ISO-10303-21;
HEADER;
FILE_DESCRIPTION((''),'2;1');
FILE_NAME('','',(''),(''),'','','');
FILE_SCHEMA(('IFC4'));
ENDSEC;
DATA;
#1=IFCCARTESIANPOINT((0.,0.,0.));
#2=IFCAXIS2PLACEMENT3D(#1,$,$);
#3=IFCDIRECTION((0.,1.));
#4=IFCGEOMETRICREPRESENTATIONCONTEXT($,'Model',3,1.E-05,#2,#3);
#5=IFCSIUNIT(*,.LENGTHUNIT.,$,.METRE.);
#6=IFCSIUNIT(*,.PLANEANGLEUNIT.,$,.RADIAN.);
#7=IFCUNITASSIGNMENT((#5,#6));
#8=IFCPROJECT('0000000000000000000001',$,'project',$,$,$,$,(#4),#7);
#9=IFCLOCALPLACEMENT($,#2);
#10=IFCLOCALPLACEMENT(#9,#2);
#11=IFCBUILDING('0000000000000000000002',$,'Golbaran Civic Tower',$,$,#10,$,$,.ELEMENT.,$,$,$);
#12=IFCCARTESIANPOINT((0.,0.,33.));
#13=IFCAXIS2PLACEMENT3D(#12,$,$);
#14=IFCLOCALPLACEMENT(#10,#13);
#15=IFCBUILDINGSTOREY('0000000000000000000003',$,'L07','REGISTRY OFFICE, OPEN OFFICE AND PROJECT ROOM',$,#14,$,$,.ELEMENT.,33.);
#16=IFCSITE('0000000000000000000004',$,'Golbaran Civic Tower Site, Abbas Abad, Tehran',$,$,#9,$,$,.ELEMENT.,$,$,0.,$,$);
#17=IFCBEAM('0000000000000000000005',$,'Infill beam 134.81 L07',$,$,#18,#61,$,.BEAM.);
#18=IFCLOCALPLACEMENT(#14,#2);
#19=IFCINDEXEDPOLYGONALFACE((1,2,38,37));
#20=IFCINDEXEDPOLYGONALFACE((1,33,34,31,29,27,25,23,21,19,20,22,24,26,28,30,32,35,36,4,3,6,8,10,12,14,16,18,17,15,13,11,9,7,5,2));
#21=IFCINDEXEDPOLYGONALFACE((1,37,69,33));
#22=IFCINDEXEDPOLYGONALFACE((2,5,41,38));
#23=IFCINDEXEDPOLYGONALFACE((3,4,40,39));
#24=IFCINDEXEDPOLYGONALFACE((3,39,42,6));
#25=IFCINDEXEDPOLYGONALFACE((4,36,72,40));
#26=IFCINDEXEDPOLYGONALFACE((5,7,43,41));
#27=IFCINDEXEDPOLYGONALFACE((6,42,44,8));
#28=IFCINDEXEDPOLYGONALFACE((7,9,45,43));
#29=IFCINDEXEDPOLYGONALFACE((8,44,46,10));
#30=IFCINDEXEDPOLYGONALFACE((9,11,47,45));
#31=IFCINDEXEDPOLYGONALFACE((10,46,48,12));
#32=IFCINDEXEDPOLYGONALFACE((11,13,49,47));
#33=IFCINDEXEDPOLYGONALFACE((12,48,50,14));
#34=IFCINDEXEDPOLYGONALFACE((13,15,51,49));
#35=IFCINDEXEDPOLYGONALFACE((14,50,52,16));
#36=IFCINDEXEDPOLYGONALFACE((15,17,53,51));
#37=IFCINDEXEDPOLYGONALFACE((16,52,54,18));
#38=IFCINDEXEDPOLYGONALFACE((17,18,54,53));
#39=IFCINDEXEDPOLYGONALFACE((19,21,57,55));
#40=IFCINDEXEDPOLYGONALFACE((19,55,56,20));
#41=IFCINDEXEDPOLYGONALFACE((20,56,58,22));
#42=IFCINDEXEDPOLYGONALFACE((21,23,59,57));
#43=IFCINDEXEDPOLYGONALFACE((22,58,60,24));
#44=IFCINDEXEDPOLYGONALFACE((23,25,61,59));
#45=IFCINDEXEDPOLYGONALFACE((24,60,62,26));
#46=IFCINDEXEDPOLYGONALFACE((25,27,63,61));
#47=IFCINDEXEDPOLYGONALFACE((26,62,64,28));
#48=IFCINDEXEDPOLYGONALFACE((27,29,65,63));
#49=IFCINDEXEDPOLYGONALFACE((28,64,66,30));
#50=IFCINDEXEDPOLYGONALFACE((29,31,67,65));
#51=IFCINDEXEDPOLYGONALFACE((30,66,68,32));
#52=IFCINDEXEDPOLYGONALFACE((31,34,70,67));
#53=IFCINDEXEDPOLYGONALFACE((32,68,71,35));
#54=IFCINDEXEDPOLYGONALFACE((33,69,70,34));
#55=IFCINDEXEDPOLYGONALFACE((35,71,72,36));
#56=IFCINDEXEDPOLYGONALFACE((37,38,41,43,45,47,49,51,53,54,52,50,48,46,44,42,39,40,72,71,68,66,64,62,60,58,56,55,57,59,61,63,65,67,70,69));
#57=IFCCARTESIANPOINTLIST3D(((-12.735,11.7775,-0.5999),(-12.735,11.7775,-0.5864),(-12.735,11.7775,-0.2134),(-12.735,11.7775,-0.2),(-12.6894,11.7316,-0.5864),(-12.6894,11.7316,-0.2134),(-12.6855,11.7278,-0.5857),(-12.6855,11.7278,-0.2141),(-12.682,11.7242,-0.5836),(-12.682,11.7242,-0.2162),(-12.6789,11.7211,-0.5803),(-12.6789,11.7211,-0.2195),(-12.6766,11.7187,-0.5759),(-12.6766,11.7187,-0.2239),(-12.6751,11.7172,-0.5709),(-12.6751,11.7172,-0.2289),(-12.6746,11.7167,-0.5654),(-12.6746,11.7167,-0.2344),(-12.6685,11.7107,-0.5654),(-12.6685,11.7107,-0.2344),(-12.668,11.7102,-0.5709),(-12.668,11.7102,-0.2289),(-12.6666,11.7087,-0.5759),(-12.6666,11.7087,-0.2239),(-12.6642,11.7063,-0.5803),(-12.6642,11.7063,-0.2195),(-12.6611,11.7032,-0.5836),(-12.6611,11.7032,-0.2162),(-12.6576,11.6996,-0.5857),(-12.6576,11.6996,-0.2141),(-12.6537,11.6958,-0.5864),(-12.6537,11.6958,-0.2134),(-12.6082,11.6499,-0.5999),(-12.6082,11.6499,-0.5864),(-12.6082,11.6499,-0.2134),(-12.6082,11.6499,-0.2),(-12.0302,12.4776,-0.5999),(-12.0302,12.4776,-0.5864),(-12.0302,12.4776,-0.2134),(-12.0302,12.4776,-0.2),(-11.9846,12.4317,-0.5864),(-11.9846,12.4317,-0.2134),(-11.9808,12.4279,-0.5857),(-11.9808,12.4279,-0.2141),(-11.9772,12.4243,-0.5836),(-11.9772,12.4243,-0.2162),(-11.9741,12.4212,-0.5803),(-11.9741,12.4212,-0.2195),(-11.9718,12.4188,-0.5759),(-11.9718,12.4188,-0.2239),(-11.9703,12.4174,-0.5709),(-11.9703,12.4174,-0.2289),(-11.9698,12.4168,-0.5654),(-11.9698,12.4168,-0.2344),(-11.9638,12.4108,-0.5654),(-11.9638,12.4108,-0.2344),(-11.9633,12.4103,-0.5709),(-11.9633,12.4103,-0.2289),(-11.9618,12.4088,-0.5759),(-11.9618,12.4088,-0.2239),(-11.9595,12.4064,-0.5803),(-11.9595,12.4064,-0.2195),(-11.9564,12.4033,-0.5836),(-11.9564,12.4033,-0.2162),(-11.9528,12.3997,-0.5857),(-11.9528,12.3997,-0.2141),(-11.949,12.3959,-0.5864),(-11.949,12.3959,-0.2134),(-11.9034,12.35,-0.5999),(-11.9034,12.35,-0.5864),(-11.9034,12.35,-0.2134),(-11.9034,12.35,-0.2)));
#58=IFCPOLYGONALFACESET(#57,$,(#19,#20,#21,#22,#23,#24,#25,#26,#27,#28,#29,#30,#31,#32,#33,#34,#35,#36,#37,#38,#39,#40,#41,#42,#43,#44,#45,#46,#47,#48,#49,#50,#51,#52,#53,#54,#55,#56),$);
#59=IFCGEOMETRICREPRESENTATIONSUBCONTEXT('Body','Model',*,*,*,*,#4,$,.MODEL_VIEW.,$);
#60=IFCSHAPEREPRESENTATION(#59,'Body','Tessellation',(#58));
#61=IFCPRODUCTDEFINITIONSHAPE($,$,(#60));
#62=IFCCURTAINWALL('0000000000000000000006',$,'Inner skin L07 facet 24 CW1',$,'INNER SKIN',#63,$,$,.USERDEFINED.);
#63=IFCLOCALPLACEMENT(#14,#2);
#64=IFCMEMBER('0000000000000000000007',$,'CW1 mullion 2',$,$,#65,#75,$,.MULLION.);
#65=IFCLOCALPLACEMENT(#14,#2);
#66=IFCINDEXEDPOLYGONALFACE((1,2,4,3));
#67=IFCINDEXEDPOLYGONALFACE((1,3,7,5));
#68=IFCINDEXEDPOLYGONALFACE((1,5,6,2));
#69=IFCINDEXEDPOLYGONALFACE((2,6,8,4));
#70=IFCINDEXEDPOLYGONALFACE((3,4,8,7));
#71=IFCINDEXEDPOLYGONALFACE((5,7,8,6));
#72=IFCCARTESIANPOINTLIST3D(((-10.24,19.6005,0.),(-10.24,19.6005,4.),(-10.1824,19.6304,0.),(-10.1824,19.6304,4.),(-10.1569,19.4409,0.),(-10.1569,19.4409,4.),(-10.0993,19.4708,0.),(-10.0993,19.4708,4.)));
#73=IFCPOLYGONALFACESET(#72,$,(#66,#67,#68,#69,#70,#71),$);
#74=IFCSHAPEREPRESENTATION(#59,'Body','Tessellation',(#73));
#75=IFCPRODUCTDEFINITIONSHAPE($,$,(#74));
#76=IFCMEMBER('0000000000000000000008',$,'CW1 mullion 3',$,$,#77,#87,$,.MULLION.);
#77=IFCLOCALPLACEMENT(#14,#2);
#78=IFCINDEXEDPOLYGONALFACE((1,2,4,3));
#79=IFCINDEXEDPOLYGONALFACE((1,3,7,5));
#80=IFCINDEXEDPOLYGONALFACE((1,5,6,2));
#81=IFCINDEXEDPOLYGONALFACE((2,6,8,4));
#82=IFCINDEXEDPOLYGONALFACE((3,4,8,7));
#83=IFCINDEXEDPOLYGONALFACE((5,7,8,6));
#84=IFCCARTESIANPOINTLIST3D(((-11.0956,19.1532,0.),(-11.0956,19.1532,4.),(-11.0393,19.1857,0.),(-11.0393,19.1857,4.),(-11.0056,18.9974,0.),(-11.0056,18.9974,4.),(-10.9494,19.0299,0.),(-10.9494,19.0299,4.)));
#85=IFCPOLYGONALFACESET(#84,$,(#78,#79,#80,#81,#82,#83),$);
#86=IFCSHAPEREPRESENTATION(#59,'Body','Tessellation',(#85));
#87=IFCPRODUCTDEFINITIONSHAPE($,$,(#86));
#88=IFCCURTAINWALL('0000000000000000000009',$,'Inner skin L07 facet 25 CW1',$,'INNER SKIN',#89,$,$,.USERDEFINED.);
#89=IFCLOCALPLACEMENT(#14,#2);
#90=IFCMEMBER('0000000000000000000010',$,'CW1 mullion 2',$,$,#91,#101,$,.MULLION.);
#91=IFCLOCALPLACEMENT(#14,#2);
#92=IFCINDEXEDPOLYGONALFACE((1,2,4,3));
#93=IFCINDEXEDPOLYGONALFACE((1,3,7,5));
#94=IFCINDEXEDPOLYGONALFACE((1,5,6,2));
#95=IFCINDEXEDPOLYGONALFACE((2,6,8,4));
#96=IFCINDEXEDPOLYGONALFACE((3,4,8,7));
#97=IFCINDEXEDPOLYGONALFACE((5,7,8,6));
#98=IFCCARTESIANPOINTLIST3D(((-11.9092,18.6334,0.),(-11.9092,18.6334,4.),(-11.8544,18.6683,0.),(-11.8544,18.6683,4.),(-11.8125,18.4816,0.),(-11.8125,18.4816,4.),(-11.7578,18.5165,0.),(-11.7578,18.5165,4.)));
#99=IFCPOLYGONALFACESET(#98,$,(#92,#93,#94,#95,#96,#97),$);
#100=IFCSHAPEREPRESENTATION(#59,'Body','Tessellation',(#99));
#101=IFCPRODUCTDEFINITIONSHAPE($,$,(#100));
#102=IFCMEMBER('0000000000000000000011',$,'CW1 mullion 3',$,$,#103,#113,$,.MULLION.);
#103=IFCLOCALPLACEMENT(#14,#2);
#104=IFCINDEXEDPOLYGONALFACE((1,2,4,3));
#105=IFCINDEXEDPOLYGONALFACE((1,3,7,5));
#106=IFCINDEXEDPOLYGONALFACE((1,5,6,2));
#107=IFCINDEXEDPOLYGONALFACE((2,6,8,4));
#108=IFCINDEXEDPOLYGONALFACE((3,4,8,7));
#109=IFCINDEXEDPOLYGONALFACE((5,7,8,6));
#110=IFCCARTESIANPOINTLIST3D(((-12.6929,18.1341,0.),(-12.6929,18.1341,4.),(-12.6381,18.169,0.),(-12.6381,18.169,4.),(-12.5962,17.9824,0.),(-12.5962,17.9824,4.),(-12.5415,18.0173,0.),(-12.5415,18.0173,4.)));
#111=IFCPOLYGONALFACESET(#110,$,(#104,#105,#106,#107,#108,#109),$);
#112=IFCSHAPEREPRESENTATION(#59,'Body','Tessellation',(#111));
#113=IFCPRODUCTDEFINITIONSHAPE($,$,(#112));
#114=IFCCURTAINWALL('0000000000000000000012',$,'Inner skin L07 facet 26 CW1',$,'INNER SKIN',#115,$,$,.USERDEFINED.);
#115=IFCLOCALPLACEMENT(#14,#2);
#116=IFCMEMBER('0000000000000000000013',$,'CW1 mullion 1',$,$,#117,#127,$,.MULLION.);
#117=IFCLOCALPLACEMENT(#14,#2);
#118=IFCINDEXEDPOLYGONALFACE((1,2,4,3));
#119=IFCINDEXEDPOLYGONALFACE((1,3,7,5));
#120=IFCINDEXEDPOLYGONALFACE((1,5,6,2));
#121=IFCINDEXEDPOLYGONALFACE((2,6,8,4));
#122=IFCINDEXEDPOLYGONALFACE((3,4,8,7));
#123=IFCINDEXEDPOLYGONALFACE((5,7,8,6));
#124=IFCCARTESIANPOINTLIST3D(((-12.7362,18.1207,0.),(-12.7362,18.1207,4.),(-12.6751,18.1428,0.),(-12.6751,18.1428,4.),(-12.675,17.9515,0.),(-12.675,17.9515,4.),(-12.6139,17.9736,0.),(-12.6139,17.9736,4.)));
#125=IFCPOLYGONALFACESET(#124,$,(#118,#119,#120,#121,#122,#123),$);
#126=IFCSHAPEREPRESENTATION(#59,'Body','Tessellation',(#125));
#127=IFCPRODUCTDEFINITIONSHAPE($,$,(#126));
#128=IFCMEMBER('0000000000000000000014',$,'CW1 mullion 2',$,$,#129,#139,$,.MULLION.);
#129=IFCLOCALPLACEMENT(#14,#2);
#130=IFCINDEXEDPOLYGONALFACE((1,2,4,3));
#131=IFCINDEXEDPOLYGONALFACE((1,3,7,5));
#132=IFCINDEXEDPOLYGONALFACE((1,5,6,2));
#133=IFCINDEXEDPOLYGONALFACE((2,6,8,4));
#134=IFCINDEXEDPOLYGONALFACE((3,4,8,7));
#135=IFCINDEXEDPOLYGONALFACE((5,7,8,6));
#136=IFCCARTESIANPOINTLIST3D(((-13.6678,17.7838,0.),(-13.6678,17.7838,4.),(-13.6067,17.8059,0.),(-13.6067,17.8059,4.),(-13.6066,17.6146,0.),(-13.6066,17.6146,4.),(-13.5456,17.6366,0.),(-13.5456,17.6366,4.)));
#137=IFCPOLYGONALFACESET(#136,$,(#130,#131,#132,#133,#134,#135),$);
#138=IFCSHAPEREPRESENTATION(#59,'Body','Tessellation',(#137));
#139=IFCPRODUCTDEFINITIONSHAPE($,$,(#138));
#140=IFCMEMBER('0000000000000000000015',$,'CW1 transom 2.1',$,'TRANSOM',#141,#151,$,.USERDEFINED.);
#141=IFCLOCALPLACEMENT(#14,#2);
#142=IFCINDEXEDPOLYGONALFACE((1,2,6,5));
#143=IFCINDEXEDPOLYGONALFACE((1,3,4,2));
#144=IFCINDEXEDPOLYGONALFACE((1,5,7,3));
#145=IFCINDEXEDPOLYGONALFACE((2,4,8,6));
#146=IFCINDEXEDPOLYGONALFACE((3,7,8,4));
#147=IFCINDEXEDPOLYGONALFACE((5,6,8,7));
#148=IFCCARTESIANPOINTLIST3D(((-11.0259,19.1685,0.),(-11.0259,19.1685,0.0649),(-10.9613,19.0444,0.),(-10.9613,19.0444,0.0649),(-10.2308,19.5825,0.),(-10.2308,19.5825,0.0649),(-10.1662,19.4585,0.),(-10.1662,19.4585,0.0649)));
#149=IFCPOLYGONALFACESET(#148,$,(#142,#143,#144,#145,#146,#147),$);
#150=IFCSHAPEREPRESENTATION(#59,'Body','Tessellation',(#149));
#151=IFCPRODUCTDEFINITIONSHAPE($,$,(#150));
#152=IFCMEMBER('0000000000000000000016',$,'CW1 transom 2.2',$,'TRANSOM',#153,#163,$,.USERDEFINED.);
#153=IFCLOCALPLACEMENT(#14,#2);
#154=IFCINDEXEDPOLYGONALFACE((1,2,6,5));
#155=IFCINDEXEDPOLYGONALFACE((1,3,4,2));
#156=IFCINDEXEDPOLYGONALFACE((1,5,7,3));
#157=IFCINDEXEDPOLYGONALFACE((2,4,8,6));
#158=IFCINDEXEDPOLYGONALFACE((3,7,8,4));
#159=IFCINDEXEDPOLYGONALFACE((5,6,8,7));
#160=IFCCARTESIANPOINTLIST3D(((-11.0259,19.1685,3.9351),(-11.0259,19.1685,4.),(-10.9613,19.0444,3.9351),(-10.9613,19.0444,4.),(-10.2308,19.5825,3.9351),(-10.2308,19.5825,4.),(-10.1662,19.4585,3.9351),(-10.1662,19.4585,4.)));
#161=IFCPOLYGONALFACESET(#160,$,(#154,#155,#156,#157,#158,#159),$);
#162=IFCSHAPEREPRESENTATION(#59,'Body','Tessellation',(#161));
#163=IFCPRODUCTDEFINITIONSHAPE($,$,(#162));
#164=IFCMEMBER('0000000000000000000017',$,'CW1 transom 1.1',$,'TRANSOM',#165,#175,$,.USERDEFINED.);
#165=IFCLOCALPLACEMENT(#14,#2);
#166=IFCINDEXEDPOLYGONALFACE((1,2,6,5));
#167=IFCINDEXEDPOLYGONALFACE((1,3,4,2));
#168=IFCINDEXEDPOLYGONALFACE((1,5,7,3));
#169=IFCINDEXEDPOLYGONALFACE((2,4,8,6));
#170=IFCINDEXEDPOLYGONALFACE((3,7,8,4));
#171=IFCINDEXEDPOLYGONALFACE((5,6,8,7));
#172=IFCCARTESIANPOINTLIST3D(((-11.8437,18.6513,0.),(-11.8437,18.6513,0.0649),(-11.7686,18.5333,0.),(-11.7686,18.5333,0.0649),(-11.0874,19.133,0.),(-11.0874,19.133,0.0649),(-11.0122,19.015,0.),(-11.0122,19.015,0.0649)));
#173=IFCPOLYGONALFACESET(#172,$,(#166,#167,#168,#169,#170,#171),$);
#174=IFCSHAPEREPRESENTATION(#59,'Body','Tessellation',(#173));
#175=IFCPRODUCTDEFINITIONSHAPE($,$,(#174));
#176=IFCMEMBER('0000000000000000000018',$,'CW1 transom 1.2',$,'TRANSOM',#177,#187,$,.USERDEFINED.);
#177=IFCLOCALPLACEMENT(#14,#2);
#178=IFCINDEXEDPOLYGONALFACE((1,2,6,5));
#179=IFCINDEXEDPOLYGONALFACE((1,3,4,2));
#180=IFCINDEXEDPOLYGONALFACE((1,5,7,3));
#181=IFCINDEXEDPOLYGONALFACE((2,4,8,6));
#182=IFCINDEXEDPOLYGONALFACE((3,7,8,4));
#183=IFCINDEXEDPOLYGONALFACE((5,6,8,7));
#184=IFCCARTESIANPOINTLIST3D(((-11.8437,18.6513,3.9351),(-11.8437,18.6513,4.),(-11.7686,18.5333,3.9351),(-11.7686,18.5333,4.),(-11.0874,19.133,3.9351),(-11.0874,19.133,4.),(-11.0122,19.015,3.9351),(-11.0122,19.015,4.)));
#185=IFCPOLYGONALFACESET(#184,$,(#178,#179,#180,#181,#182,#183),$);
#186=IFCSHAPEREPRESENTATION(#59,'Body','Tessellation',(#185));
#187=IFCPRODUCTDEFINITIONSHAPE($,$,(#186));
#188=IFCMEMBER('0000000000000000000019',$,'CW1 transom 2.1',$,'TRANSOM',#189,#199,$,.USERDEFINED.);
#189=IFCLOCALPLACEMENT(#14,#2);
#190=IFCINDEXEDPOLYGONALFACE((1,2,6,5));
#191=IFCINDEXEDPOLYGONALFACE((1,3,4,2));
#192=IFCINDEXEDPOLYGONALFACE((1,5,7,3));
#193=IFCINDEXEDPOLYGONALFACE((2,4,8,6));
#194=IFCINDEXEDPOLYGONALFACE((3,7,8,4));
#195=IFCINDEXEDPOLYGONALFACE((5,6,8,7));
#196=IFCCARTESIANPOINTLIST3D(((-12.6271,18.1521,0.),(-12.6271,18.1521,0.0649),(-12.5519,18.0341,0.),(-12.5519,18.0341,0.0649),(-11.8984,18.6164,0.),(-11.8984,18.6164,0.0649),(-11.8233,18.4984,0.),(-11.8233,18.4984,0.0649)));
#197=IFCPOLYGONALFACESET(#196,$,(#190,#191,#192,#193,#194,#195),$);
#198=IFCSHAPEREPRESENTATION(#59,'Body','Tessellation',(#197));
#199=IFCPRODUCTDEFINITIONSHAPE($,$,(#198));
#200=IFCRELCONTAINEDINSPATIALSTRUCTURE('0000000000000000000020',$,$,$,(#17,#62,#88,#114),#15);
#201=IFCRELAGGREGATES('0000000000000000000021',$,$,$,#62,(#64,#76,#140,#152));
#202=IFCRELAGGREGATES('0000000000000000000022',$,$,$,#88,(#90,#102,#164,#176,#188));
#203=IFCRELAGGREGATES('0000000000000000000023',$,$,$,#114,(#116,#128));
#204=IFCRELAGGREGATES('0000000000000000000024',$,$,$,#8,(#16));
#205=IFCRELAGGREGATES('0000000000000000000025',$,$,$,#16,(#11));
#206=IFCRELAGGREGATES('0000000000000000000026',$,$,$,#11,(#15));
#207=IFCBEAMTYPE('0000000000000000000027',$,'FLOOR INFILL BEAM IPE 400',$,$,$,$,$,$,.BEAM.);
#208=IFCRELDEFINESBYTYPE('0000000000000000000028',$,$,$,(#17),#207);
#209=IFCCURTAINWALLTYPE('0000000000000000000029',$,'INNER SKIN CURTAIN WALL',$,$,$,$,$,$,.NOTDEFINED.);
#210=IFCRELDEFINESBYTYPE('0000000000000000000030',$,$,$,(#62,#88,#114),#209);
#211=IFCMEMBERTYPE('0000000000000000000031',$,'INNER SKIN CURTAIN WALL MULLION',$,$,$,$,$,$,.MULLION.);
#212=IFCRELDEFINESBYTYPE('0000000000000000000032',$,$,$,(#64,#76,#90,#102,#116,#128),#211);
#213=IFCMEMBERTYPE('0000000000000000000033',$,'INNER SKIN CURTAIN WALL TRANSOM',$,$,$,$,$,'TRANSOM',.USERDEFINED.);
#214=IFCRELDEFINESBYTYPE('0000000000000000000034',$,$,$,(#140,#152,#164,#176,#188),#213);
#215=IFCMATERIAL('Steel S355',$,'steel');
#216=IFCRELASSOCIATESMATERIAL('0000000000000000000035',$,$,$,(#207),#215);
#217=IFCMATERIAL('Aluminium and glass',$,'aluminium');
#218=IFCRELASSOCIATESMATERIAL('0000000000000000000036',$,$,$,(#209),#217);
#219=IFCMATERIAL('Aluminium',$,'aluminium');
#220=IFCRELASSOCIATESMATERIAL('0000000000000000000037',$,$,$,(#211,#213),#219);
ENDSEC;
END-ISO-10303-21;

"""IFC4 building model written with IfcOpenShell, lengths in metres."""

from ifc_helpers import new_model, si_unit, direction, frame, origin, origin_2d, place, context, subcontext, project, spatial, rectangle, i_section, extrude, material, material_profile, profile_set, type_object, element, aggregate, save


model = new_model("IFC4")

# Units and contexts
model_context = context("Model", 3, precision=1e-05, world=origin(), true_north=direction((0.0, 1.0)))
body_context = subcontext(model_context, "Body", "Model", "MODEL_VIEW")
ifc_project = project(units=[si_unit("LENGTHUNIT", "METRE"), si_unit("PLANEANGLEUNIT", "RADIAN")], contexts=[model_context])

# Site, building, storey
site_placement = place(None, origin())
site = spatial("IfcSite", under=ifc_project, at=site_placement, Name="Golbaran Civic Tower Site, Abbas Abad, Tehran", CompositionType="ELEMENT", RefElevation=0.0)
building_placement = place(site_placement, origin())
building = spatial("IfcBuilding", under=site, at=building_placement, Name="Golbaran Civic Tower", CompositionType="ELEMENT")
storey_placement = place(building_placement, frame((0.0, 0.0, 33.0)))
storey = spatial("IfcBuildingStorey", under=building, at=storey_placement, Name="L07", Description="REGISTRY OFFICE, OPEN OFFICE AND PROJECT ROOM", CompositionType="ELEMENT", Elevation=33.0)

# Beam
ifc_material_1 = material(Name="Steel S355", Category="steel")
ifc_material_profile_1 = material_profile(ifc_material_1, i_section(OverallWidth=0.1799, OverallDepth=0.3999, WebThickness=0.0085, FlangeThickness=0.0134, FilletRadius=0.021, at=origin_2d()), Name="IPE 400")
ifc_profile_set_1 = profile_set([ifc_material_profile_1], Name="Steel S355")
beam_type_1 = type_object("IfcBeamType", Name="FLOOR INFILL BEAM IPE 400", PredefinedType="BEAM", material=ifc_profile_set_1)
beam_1_placement = place(storey_placement, frame((-11.9668, 12.4138, -0.3999), z_axis=(-0.709437, -0.704768, 0.0), x_axis=(0.704768, -0.709437, 0.0)))
element("IfcBeam", 1, at=beam_1_placement, inside=storey, type_object=beam_type_1, Name="Infill beam 134.81 L07", PredefinedType="BEAM", context=body_context, shape_type="SweptSolid", body=[
    extrude(i_section(OverallWidth=0.1799, OverallDepth=0.3999, WebThickness=0.0085, FlangeThickness=0.0134, FilletRadius=0.021, at=origin_2d()), origin(), (0.0, 0.0, 1.0), 0.9934),
])

# Curtain walls, members
ifc_material_2 = material(Name="Aluminium and glass", Category="aluminium")
curtain_wall_type = type_object("IfcCurtainWallType", Name="INNER SKIN CURTAIN WALL", PredefinedType="NOTDEFINED", material=ifc_material_2)
curtain_wall_1_placement = place(storey_placement, origin())
curtain_wall_1 = element("IfcCurtainWall", 2, at=curtain_wall_1_placement, inside=storey, type_object=curtain_wall_type, Name="Inner skin L07 facet 24 CW1", ObjectType="INNER SKIN", PredefinedType="USERDEFINED")
ifc_material_3 = material(Name="Aluminium", Category="aluminium")
ifc_material_profile_2 = material_profile(ifc_material_3, rectangle(XDim=0.1799, YDim=0.0649, at=origin_2d()), Name="INNER SKIN CURTAIN WALL MULLION")
ifc_profile_set_2 = profile_set([ifc_material_profile_2], Name="Aluminium")
member_type_1 = type_object("IfcMemberType", Name="INNER SKIN CURTAIN WALL MULLION", PredefinedType="MULLION", material=ifc_profile_set_2)
member_1_placement = place(storey_placement, frame((-10.1697, 19.5356, 0.0), z_axis=(0.0, 0.0, 1.0), x_axis=(0.461749, -0.887011, 0.0)))
member_1 = element("IfcMember", 3, at=member_1_placement, type_object=member_type_1, Name="CW1 mullion 2", PredefinedType="MULLION", context=body_context, shape_type="SweptSolid", body=[
    extrude(rectangle(XDim=0.1799, YDim=0.0649, at=origin_2d()), origin(), (0.0, 0.0, 1.0), 4.0),
])
member_2_placement = place(storey_placement, frame((-11.0225, 19.0916, 0.0), z_axis=(0.0, 0.0, 1.0), x_axis=(0.5, -0.866025, 0.0)))
member_2 = element("IfcMember", 4, at=member_2_placement, type_object=member_type_1, Name="CW1 mullion 3", PredefinedType="MULLION", context=body_context, shape_type="SweptSolid", body=[
    extrude(rectangle(XDim=0.1799, YDim=0.0649, at=origin_2d()), origin(), (0.0, 0.0, 1.0), 4.0),
])
curtain_wall_2_placement = place(storey_placement, origin())
curtain_wall_2 = element("IfcCurtainWall", 5, at=curtain_wall_2_placement, inside=storey, type_object=curtain_wall_type, Name="Inner skin L07 facet 25 CW1", ObjectType="INNER SKIN", PredefinedType="USERDEFINED")
member_3_placement = place(storey_placement, frame((-11.8335, 18.575, 0.0), z_axis=(0.0, 0.0, 1.0), x_axis=(0.5373, -0.843391, 0.0)))
member_3 = element("IfcMember", 6, at=member_3_placement, type_object=member_type_1, Name="CW1 mullion 2", PredefinedType="MULLION", context=body_context, shape_type="SweptSolid", body=[
    extrude(rectangle(XDim=0.1799, YDim=0.0649, at=origin_2d()), origin(), (0.0, 0.0, 1.0), 4.0),
])
member_4_placement = place(storey_placement, frame((-12.6172, 18.0757, 0.0), z_axis=(0.0, 0.0, 1.0), x_axis=(0.5373, -0.843391, 0.0)))
member_4 = element("IfcMember", 7, at=member_4_placement, type_object=member_type_1, Name="CW1 mullion 3", PredefinedType="MULLION", context=body_context, shape_type="SweptSolid", body=[
    extrude(rectangle(XDim=0.1799, YDim=0.0649, at=origin_2d()), origin(), (0.0, 0.0, 1.0), 4.0),
])
curtain_wall_3_placement = place(storey_placement, origin())
curtain_wall_3 = element("IfcCurtainWall", 8, at=curtain_wall_3_placement, inside=storey, type_object=curtain_wall_type, Name="Inner skin L07 facet 26 CW1", ObjectType="INNER SKIN", PredefinedType="USERDEFINED")
member_5_placement = place(storey_placement, frame((-12.675, 18.0471, 0.0), z_axis=(0.0, 0.0, 1.0), x_axis=(0.340045, -0.940409, 0.0)))
member_5 = element("IfcMember", 9, at=member_5_placement, type_object=member_type_1, Name="CW1 mullion 1", PredefinedType="MULLION", context=body_context, shape_type="SweptSolid", body=[
    extrude(rectangle(XDim=0.1799, YDim=0.0649, at=origin_2d()), origin(), (0.0, 0.0, 1.0), 4.0),
])
member_6_placement = place(storey_placement, frame((-13.6067, 17.7102, 0.0), z_axis=(0.0, 0.0, 1.0), x_axis=(0.340045, -0.940409, 0.0)))
member_6 = element("IfcMember", 10, at=member_6_placement, type_object=member_type_1, Name="CW1 mullion 2", PredefinedType="MULLION", context=body_context, shape_type="SweptSolid", body=[
    extrude(rectangle(XDim=0.1799, YDim=0.0649, at=origin_2d()), origin(), (0.0, 0.0, 1.0), 4.0),
])

# Members
ifc_material_profile_3 = material_profile(ifc_material_3, rectangle(XDim=0.1399, YDim=0.0649, at=origin_2d()), Name="INNER SKIN CURTAIN WALL TRANSOM")
ifc_profile_set_3 = profile_set([ifc_material_profile_3], Name="Aluminium")
member_type_2 = type_object("IfcMemberType", Name="INNER SKIN CURTAIN WALL TRANSOM", ElementType="TRANSOM", PredefinedType="USERDEFINED", material=ifc_profile_set_3)
member_7_placement = place(storey_placement, frame((-10.1985, 19.5205, 0.0325), z_axis=(-0.886954, -0.461859, 0.0), x_axis=(0.461859, -0.886954, 0.0)))
member_7 = element("IfcMember", 11, at=member_7_placement, type_object=member_type_2, Name="CW1 transom 2.1", ObjectType="TRANSOM", PredefinedType="USERDEFINED", context=body_context, shape_type="SweptSolid", body=[
    extrude(rectangle(XDim=0.1399, YDim=0.0649, at=origin_2d()), origin(), (0.0, 0.0, 1.0), 0.8965),
])
member_8_placement = place(storey_placement, frame((-10.1985, 19.5205, 3.9675), z_axis=(-0.886954, -0.461859, 0.0), x_axis=(0.461859, -0.886954, 0.0)))
member_8 = element("IfcMember", 12, at=member_8_placement, type_object=member_type_2, Name="CW1 transom 2.2", ObjectType="TRANSOM", PredefinedType="USERDEFINED", context=body_context, shape_type="SweptSolid", body=[
    extrude(rectangle(XDim=0.1399, YDim=0.0649, at=origin_2d()), origin(), (0.0, 0.0, 1.0), 0.8965),
])
member_9_placement = place(storey_placement, frame((-11.0498, 19.074, 0.0325), z_axis=(-0.843471, -0.537175, 0.0), x_axis=(0.537175, -0.843471, 0.0)))
member_9 = element("IfcMember", 13, at=member_9_placement, type_object=member_type_2, Name="CW1 transom 1.1", ObjectType="TRANSOM", PredefinedType="USERDEFINED", context=body_context, shape_type="SweptSolid", body=[
    extrude(rectangle(XDim=0.1399, YDim=0.0649, at=origin_2d()), origin(), (0.0, 0.0, 1.0), 0.8967),
])
member_10_placement = place(storey_placement, frame((-11.0498, 19.074, 3.9675), z_axis=(-0.843471, -0.537175, 0.0), x_axis=(0.537175, -0.843471, 0.0)))
member_10 = element("IfcMember", 14, at=member_10_placement, type_object=member_type_2, Name="CW1 transom 1.2", ObjectType="TRANSOM", PredefinedType="USERDEFINED", context=body_context, shape_type="SweptSolid", body=[
    extrude(rectangle(XDim=0.1399, YDim=0.0649, at=origin_2d()), origin(), (0.0, 0.0, 1.0), 0.8967),
])
member_11_placement = place(storey_placement, frame((-11.8608, 18.5574, 0.0325), z_axis=(-0.843347, -0.537369, 0.0), x_axis=(0.537369, -0.843347, 0.0)))
member_11 = element("IfcMember", 15, at=member_11_placement, type_object=member_type_2, Name="CW1 transom 2.1", ObjectType="TRANSOM", PredefinedType="USERDEFINED", context=body_context, shape_type="SweptSolid", body=[
    extrude(rectangle(XDim=0.1399, YDim=0.0649, at=origin_2d()), origin(), (0.0, 0.0, 1.0), 0.864),
])

aggregate(curtain_wall_1, [member_1, member_2, member_7, member_8])
aggregate(curtain_wall_2, [member_3, member_4, member_9, member_10, member_11])
aggregate(curtain_wall_3, [member_5, member_6])

save(model, "model.ifc")
